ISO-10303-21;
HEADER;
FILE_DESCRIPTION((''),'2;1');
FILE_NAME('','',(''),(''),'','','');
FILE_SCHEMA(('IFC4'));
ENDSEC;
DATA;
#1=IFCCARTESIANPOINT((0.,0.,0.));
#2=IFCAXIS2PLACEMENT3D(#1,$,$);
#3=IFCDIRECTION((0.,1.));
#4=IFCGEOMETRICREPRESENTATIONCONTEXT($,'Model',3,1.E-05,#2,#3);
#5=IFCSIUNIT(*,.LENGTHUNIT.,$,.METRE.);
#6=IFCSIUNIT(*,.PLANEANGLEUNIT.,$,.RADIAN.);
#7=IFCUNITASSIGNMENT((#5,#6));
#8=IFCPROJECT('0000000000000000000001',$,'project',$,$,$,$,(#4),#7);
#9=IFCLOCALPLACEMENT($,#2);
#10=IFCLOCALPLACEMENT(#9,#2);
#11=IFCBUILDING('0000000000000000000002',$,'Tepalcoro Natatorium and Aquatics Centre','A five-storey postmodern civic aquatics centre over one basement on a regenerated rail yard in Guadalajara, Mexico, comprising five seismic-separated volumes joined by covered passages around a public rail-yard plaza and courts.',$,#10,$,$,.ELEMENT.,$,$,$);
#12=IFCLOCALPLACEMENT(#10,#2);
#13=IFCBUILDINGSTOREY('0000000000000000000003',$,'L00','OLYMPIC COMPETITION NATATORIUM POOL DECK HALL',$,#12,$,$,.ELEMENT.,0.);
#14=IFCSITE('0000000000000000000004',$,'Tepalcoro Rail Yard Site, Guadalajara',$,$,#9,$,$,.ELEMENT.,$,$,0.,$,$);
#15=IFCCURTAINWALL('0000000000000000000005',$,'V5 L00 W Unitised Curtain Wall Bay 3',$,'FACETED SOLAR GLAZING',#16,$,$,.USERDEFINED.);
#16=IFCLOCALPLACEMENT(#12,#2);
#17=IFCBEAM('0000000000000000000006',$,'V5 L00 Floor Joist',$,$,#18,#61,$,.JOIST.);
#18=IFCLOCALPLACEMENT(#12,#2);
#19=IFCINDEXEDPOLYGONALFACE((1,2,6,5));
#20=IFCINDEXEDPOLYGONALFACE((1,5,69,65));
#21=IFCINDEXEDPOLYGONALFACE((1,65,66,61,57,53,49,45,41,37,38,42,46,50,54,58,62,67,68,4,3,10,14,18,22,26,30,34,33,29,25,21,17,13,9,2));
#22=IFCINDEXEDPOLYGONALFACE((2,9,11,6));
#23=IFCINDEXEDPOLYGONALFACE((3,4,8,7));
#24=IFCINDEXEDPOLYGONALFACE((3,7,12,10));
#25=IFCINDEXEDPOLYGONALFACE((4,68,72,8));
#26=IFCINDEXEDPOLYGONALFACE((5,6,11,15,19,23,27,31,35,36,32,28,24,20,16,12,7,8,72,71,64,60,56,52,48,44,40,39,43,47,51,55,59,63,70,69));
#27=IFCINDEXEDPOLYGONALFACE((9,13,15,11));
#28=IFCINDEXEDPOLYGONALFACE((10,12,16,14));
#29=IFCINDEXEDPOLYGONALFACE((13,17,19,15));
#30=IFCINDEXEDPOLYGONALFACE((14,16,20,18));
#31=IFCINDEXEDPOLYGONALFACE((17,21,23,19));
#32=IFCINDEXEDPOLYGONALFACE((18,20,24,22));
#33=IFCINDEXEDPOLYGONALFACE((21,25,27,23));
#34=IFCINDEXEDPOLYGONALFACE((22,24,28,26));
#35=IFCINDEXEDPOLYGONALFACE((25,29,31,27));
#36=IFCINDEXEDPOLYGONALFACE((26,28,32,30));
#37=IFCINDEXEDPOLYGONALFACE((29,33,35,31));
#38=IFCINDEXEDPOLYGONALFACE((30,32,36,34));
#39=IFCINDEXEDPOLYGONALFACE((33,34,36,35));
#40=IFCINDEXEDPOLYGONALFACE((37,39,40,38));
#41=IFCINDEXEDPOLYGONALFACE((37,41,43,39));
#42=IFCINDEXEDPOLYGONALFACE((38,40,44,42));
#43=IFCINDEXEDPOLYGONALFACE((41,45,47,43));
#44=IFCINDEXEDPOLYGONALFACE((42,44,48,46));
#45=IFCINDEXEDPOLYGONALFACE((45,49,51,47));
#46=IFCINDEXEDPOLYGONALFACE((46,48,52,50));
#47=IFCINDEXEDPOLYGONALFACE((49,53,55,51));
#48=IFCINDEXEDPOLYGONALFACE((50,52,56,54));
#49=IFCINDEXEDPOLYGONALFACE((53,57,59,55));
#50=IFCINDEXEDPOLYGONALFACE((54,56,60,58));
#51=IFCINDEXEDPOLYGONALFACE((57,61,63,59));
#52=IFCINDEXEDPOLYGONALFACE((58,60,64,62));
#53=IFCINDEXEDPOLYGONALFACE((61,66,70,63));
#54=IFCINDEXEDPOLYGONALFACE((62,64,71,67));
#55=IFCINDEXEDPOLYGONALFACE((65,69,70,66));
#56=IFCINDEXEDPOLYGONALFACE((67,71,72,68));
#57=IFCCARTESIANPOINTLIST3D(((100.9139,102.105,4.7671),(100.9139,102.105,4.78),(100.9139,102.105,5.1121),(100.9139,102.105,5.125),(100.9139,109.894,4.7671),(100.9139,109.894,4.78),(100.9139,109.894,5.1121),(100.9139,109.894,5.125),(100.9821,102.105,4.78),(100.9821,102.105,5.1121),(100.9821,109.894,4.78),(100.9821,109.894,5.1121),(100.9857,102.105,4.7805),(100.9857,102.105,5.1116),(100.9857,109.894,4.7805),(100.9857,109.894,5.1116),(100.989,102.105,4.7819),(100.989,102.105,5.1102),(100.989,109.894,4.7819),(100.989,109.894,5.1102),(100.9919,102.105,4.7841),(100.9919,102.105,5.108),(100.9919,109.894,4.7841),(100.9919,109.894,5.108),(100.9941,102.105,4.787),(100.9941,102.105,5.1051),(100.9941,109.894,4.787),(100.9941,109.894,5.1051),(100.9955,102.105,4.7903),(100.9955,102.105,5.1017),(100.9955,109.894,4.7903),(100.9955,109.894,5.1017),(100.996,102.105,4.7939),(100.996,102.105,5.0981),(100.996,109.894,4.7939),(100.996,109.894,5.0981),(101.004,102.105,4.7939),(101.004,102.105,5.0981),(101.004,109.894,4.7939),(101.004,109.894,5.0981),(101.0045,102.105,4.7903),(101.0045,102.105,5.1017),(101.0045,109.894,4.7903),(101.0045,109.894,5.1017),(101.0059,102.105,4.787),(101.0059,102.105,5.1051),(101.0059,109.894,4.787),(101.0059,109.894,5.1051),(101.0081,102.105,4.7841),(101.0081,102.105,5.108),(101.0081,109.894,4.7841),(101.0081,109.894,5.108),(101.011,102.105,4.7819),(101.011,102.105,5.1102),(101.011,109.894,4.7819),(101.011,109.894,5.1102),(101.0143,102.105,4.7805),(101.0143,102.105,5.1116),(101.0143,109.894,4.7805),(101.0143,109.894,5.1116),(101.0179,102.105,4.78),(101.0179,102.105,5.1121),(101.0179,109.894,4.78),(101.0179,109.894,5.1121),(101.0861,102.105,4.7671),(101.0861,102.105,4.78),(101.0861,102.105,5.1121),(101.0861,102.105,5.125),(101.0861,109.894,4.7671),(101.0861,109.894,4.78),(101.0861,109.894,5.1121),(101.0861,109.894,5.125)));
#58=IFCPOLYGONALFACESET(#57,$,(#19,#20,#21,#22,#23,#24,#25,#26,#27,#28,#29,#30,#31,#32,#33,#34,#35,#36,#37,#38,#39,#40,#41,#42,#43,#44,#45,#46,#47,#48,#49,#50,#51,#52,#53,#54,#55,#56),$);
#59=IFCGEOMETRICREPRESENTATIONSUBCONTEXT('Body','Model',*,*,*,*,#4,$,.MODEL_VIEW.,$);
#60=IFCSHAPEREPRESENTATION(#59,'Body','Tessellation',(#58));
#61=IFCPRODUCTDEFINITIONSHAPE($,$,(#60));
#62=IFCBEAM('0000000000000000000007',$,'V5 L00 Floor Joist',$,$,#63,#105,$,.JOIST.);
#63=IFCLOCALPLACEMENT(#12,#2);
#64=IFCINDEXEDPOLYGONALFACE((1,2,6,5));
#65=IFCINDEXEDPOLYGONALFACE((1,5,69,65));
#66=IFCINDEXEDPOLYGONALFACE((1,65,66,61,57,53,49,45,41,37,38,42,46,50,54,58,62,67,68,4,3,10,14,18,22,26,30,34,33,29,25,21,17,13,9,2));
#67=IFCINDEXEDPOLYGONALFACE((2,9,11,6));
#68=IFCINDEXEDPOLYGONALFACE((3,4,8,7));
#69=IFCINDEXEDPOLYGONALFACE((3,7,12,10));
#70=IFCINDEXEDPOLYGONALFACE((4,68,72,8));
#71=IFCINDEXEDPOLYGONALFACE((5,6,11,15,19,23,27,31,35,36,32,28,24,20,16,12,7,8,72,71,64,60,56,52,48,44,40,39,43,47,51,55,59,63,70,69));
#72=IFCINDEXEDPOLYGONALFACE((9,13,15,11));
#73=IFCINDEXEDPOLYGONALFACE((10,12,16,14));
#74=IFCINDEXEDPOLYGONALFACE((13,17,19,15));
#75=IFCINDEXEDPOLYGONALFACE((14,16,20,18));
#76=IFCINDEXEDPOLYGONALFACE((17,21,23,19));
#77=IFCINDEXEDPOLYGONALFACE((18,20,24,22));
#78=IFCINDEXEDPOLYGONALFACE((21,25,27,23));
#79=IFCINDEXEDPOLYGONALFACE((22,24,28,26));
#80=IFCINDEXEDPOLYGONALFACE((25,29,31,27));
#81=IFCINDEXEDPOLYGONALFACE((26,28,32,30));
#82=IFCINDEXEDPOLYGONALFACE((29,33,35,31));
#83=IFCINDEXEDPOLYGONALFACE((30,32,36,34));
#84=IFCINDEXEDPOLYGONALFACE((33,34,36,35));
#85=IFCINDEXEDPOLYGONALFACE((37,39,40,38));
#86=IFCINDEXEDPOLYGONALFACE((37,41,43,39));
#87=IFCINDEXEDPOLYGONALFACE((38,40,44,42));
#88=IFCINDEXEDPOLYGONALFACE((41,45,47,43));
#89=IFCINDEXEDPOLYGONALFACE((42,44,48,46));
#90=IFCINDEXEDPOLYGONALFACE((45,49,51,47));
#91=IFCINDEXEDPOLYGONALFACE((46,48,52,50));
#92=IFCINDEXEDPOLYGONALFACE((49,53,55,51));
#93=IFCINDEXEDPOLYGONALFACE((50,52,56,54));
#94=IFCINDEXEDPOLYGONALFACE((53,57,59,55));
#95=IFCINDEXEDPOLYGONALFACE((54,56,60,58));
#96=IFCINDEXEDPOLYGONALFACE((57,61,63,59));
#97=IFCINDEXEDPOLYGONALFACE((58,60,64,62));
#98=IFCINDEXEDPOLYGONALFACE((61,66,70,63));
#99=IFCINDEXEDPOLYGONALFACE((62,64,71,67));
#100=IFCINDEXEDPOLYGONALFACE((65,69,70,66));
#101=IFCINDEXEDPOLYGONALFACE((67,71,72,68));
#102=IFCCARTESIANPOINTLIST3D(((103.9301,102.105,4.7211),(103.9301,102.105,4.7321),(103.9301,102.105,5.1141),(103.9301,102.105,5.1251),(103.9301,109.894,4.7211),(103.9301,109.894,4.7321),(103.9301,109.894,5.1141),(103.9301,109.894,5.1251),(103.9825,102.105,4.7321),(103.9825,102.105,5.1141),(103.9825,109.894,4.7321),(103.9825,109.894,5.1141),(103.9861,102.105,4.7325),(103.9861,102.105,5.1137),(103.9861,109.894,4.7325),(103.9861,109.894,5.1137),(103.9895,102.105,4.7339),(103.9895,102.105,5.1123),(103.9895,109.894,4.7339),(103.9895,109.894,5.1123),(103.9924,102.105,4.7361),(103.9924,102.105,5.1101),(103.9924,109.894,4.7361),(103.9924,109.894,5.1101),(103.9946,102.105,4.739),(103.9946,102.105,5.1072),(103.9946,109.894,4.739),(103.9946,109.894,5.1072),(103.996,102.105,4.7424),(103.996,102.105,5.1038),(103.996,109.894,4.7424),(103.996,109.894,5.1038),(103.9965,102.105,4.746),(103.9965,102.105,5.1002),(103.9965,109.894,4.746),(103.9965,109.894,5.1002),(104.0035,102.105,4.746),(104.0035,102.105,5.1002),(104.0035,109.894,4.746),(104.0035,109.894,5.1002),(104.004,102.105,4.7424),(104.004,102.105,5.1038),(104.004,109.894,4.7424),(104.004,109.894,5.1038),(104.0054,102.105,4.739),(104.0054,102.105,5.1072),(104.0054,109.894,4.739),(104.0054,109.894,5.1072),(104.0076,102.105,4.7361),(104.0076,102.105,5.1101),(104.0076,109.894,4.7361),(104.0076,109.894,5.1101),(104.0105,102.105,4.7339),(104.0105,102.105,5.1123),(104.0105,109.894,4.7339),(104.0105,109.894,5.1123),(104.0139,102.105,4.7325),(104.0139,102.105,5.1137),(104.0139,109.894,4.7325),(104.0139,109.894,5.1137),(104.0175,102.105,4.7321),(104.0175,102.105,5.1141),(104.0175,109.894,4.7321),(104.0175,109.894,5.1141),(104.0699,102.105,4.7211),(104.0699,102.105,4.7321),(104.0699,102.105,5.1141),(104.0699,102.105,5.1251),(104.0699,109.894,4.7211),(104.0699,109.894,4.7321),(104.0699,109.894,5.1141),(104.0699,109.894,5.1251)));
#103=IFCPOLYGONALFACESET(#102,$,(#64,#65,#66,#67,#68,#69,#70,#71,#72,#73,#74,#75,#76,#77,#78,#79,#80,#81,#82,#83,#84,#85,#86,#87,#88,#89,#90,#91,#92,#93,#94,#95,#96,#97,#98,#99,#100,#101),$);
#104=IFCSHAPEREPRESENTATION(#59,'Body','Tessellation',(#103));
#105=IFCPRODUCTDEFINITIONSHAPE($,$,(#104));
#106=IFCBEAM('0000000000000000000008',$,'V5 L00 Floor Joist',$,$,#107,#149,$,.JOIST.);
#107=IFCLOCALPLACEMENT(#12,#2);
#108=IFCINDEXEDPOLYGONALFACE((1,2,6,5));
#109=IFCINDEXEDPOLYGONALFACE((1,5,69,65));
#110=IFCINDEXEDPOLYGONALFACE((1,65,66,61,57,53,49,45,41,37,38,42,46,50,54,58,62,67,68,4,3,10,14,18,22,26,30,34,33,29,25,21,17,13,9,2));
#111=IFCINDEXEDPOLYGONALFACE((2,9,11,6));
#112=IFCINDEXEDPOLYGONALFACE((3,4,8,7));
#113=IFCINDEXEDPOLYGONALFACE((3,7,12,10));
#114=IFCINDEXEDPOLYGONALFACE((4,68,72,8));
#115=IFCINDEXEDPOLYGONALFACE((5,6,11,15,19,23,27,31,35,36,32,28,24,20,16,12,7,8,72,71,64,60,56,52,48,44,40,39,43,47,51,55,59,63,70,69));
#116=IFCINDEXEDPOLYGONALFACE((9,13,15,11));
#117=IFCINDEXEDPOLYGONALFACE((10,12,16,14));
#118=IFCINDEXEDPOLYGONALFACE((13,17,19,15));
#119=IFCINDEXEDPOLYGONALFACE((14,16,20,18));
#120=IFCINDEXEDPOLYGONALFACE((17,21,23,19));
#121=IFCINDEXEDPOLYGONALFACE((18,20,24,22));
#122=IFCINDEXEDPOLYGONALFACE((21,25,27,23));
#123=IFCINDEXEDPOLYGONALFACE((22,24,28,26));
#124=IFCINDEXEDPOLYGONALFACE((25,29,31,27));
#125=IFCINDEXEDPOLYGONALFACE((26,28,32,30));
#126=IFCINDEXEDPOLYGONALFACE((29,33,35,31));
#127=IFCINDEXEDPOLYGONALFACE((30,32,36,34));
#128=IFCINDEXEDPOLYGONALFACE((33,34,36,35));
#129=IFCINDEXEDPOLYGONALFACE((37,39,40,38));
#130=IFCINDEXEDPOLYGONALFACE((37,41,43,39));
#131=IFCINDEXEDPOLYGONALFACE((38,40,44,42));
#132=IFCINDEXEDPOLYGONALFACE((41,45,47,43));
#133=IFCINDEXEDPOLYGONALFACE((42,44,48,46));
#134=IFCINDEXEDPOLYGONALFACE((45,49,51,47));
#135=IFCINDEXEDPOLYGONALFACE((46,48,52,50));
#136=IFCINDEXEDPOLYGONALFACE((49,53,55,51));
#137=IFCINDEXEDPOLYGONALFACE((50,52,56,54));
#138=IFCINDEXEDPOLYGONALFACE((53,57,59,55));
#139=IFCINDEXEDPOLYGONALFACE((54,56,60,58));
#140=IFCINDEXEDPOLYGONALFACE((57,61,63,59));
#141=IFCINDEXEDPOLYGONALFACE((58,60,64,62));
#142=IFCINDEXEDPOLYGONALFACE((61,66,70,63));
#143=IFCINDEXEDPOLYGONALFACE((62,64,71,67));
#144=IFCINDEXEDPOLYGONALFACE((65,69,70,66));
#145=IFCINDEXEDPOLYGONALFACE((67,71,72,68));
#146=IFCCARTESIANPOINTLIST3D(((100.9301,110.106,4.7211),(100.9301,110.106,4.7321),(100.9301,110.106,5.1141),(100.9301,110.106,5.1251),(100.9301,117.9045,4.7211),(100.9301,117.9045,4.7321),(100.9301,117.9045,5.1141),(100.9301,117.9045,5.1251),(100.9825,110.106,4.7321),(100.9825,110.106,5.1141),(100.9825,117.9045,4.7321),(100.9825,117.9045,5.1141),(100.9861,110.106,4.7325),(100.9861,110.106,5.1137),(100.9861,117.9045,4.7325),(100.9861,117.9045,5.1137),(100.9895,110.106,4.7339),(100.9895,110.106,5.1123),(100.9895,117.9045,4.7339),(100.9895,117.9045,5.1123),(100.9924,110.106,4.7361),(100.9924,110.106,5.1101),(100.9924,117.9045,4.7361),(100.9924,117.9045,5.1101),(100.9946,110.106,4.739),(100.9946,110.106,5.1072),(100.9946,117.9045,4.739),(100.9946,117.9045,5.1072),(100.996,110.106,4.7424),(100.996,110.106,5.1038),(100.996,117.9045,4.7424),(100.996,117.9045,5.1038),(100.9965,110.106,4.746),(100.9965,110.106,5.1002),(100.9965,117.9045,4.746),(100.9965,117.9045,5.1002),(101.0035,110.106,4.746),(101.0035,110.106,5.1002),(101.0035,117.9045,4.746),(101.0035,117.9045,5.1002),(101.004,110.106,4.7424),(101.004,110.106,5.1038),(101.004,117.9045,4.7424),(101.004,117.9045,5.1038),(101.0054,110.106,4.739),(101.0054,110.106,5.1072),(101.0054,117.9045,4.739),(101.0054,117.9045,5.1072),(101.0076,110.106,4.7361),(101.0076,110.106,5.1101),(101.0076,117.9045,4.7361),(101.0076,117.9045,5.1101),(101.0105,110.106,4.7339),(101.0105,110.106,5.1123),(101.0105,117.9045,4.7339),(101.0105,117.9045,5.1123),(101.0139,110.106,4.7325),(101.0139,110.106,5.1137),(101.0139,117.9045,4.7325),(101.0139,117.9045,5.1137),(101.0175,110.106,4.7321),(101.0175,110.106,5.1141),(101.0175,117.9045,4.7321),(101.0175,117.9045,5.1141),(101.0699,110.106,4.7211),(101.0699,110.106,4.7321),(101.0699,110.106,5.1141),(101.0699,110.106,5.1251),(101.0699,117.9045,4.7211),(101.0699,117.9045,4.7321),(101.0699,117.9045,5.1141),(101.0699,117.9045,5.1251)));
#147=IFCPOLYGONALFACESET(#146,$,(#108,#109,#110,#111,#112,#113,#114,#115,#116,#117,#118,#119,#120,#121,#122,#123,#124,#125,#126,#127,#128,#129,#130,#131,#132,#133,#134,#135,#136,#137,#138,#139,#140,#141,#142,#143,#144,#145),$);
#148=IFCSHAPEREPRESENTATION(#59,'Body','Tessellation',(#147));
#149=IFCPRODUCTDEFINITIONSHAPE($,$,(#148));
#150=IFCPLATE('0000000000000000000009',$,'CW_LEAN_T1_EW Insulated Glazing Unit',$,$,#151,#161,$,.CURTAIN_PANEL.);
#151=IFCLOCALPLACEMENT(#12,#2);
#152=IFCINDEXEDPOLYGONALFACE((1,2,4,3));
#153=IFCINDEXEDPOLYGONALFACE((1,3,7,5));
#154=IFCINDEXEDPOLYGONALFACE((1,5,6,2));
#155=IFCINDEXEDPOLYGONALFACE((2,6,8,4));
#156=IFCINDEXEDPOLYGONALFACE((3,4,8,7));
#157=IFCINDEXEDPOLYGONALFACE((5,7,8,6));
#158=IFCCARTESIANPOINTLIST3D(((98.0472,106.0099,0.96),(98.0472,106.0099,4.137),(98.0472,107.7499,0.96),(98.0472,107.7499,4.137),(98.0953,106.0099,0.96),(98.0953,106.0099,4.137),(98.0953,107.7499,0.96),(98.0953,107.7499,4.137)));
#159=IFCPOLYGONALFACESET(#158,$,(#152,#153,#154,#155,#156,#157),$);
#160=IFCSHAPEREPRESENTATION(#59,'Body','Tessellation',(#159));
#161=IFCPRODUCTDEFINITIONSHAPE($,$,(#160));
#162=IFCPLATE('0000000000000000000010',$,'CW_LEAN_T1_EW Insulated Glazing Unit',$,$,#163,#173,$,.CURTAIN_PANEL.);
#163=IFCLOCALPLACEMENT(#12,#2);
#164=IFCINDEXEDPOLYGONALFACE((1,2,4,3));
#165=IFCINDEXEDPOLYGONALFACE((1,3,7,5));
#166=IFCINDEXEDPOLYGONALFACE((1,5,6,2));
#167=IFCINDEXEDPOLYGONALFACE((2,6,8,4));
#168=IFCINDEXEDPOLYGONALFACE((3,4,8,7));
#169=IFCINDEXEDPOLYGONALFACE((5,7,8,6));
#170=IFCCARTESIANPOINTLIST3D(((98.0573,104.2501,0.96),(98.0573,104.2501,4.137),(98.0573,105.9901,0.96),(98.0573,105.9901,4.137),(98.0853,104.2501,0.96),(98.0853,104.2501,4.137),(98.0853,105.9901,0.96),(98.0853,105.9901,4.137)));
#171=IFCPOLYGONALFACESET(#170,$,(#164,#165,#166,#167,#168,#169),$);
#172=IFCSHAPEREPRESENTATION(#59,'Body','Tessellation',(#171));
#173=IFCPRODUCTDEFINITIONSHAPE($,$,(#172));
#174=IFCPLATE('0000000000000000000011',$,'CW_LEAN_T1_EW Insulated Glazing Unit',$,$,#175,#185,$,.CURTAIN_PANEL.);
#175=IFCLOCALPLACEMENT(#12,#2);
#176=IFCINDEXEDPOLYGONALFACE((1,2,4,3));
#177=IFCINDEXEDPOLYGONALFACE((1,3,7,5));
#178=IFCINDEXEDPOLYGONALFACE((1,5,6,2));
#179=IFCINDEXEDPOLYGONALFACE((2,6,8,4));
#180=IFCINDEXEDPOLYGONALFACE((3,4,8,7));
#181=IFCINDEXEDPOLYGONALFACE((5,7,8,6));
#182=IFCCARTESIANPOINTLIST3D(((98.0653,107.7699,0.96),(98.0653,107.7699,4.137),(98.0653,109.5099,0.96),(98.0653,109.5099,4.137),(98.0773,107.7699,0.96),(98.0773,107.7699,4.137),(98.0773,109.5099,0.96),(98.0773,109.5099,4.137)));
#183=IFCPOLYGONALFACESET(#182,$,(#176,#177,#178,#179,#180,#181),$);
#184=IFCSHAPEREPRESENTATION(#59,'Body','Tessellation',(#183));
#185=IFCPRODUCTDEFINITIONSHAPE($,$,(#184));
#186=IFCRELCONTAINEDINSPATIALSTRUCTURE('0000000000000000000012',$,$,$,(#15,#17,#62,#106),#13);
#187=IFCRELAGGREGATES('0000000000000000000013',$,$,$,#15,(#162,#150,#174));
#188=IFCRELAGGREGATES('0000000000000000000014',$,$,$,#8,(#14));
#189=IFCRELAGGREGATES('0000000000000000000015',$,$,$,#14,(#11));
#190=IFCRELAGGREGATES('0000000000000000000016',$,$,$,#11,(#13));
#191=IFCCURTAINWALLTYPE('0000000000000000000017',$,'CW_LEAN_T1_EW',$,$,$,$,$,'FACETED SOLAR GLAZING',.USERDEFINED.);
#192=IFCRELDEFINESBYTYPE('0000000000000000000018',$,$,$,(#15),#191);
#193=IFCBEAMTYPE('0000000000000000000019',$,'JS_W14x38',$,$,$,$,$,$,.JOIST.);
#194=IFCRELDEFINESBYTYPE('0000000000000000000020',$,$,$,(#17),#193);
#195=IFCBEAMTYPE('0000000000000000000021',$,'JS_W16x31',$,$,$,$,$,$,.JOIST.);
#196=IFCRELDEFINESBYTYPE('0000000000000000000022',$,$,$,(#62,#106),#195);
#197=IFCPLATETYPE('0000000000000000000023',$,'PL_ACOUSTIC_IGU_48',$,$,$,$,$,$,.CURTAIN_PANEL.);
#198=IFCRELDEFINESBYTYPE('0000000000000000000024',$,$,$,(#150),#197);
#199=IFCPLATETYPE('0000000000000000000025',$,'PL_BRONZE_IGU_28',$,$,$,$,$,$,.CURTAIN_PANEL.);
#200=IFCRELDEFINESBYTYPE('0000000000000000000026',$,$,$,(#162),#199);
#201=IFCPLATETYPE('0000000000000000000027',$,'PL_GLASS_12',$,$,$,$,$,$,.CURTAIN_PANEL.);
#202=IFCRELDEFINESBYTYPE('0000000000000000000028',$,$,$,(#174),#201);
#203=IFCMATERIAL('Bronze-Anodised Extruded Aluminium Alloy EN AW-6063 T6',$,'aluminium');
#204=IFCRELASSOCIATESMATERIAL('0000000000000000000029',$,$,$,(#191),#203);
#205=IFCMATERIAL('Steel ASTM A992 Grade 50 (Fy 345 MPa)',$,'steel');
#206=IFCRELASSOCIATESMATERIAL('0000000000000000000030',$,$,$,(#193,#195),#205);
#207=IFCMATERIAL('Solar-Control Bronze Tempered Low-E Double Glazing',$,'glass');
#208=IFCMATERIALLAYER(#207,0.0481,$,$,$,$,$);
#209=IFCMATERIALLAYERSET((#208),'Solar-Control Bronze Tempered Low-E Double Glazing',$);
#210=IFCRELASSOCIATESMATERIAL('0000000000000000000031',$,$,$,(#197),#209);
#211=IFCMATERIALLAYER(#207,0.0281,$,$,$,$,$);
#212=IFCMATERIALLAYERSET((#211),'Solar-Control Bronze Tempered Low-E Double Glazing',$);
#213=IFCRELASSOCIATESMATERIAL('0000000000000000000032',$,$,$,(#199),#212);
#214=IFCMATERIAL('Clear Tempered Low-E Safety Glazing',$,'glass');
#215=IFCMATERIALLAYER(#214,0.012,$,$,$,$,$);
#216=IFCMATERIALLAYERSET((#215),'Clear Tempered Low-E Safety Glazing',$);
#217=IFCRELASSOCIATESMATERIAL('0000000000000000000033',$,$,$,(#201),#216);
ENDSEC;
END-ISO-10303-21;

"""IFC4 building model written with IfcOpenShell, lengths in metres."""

from ifc_helpers import new_model, si_unit, direction, frame, origin, origin_2d, place, context, subcontext, project, spatial, rectangle, i_section, extrude, material, layer, layer_set, material_profile, profile_set, type_object, element, aggregate, save


model = new_model("IFC4")

# Units and contexts
model_context = context("Model", 3, precision=1e-05, world=origin(), true_north=direction((0.0, 1.0)))
body_context = subcontext(model_context, "Body", "Model", "MODEL_VIEW")
ifc_project = project(units=[si_unit("LENGTHUNIT", "METRE"), si_unit("PLANEANGLEUNIT", "RADIAN")], contexts=[model_context])

# Site, building, storey
site_placement = place(None, origin())
site = spatial("IfcSite", under=ifc_project, at=site_placement, Name="Tepalcoro Rail Yard Site, Guadalajara", CompositionType="ELEMENT", RefElevation=0.0)
building_placement = place(site_placement, origin())
building = spatial("IfcBuilding", under=site, at=building_placement, Name="Tepalcoro Natatorium and Aquatics Centre", Description="A five-storey postmodern civic aquatics centre over one basement on a regenerated rail yard in Guadalajara, Mexico, comprising five seismic-separated volumes joined by covered passages around a public rail-yard plaza and courts.", CompositionType="ELEMENT")
storey_placement = place(building_placement, origin())
storey = spatial("IfcBuildingStorey", under=building, at=storey_placement, Name="L00", Description="OLYMPIC COMPETITION NATATORIUM POOL DECK HALL", CompositionType="ELEMENT", Elevation=0.0)

# Shared definitions
ifc_material_1 = material(Name="Steel ASTM A992 Grade 50 (Fy 345 MPa)", Category="steel")

# Curtain wall
ifc_material_2 = material(Name="Bronze-Anodised Extruded Aluminium Alloy EN AW-6063 T6", Category="aluminium")
curtain_wall_type = type_object("IfcCurtainWallType", Name="CW_LEAN_T1_EW", ElementType="FACETED SOLAR GLAZING", PredefinedType="USERDEFINED", material=ifc_material_2)
curtain_wall_placement = place(storey_placement, origin())
curtain_wall = element("IfcCurtainWall", 1, at=curtain_wall_placement, inside=storey, type_object=curtain_wall_type, Name="V5 L00 W Unitised Curtain Wall Bay 3", ObjectType="FACETED SOLAR GLAZING", PredefinedType="USERDEFINED")

# Beams
ifc_material_profile_1 = material_profile(ifc_material_1, i_section(OverallWidth=0.1721, OverallDepth=0.3579, WebThickness=0.0081, FlangeThickness=0.0129, FilletRadius=0.0139, at=origin_2d()), Name="W14X38")
ifc_profile_set_1 = profile_set([ifc_material_profile_1], Name="Steel ASTM A992 Grade 50 (Fy 345 MPa)")
beam_type_1 = type_object("IfcBeamType", Name="JS_W14x38", PredefinedType="JOIST", material=ifc_profile_set_1)
beam_1_placement = place(storey_placement, frame((101.0, 102.105, 4.946), z_axis=(0.0, 1.0, 0.0), x_axis=(-1.0, 0.0, 0.0)))
element("IfcBeam", 2, at=beam_1_placement, inside=storey, type_object=beam_type_1, Name="V5 L00 Floor Joist", PredefinedType="JOIST", context=body_context, shape_type="SweptSolid", body=[
    extrude(i_section(OverallWidth=0.1721, OverallDepth=0.3579, WebThickness=0.0081, FlangeThickness=0.0129, FilletRadius=0.0139, at=origin_2d()), origin(), (0.0, 0.0, 1.0), 7.7891),
])
ifc_material_profile_2 = material_profile(ifc_material_1, i_section(OverallWidth=0.1399, OverallDepth=0.4041, WebThickness=0.0071, FlangeThickness=0.011, FilletRadius=0.0139, at=origin_2d()), Name="W16X31")
ifc_profile_set_2 = profile_set([ifc_material_profile_2], Name="Steel ASTM A992 Grade 50 (Fy 345 MPa)")
beam_type_2 = type_object("IfcBeamType", Name="JS_W16x31", PredefinedType="JOIST", material=ifc_profile_set_2)
beam_2_placement = place(storey_placement, frame((104.0, 102.105, 4.9231), z_axis=(0.0, 1.0, 0.0), x_axis=(-1.0, 0.0, 0.0)))
element("IfcBeam", 3, at=beam_2_placement, inside=storey, type_object=beam_type_2, Name="V5 L00 Floor Joist", PredefinedType="JOIST", context=body_context, shape_type="SweptSolid", body=[
    extrude(i_section(OverallWidth=0.1399, OverallDepth=0.4041, WebThickness=0.0071, FlangeThickness=0.011, FilletRadius=0.0139, at=origin_2d()), origin(), (0.0, 0.0, 1.0), 7.7891),
])
beam_3_placement = place(storey_placement, frame((101.0, 110.106, 4.9231), z_axis=(0.0, 1.0, 0.0), x_axis=(-1.0, 0.0, 0.0)))
element("IfcBeam", 4, at=beam_3_placement, inside=storey, type_object=beam_type_2, Name="V5 L00 Floor Joist", PredefinedType="JOIST", context=body_context, shape_type="SweptSolid", body=[
    extrude(i_section(OverallWidth=0.1399, OverallDepth=0.4041, WebThickness=0.0071, FlangeThickness=0.011, FilletRadius=0.0139, at=origin_2d()), origin(), (0.0, 0.0, 1.0), 7.7986),
])

# Plates
ifc_material_3 = material(Name="Solar-Control Bronze Tempered Low-E Double Glazing", Category="glass")
ifc_layer_1 = layer(ifc_material_3, 0.0481)
ifc_layer_set_1 = layer_set([ifc_layer_1], Name="Solar-Control Bronze Tempered Low-E Double Glazing")
plate_type_1 = type_object("IfcPlateType", Name="PL_ACOUSTIC_IGU_48", PredefinedType="CURTAIN_PANEL", material=ifc_layer_set_1)
plate_1_placement = place(storey_placement, frame((98.0713, 106.8799, 0.96), z_axis=(0.0, 0.0, 1.0), x_axis=(1.0, 0.0, 0.0)))
plate_1 = element("IfcPlate", 5, at=plate_1_placement, type_object=plate_type_1, Name="CW_LEAN_T1_EW Insulated Glazing Unit", PredefinedType="CURTAIN_PANEL", context=body_context, shape_type="SweptSolid", body=[
    extrude(rectangle(XDim=0.0481, YDim=1.74, at=origin_2d()), origin(), (0.0, 0.0, 1.0), 3.177),
])
ifc_layer_2 = layer(ifc_material_3, 0.0281)
ifc_layer_set_2 = layer_set([ifc_layer_2], Name="Solar-Control Bronze Tempered Low-E Double Glazing")
plate_type_2 = type_object("IfcPlateType", Name="PL_BRONZE_IGU_28", PredefinedType="CURTAIN_PANEL", material=ifc_layer_set_2)
plate_2_placement = place(storey_placement, frame((98.0713, 105.1201, 0.96), z_axis=(0.0, 0.0, 1.0), x_axis=(1.0, 0.0, 0.0)))
plate_2 = element("IfcPlate", 6, at=plate_2_placement, type_object=plate_type_2, Name="CW_LEAN_T1_EW Insulated Glazing Unit", PredefinedType="CURTAIN_PANEL", context=body_context, shape_type="SweptSolid", body=[
    extrude(rectangle(XDim=0.0281, YDim=1.74, at=origin_2d()), origin(), (0.0, 0.0, 1.0), 3.177),
])
ifc_material_4 = material(Name="Clear Tempered Low-E Safety Glazing", Category="glass")
ifc_layer_3 = layer(ifc_material_4, 0.012)
ifc_layer_set_3 = layer_set([ifc_layer_3], Name="Clear Tempered Low-E Safety Glazing")
plate_type_3 = type_object("IfcPlateType", Name="PL_GLASS_12", PredefinedType="CURTAIN_PANEL", material=ifc_layer_set_3)
plate_3_placement = place(storey_placement, frame((98.0713, 108.6399, 0.96), z_axis=(0.0, 0.0, 1.0), x_axis=(1.0, 0.0, 0.0)))
plate_3 = element("IfcPlate", 7, at=plate_3_placement, type_object=plate_type_3, Name="CW_LEAN_T1_EW Insulated Glazing Unit", PredefinedType="CURTAIN_PANEL", context=body_context, shape_type="SweptSolid", body=[
    extrude(rectangle(XDim=0.012, YDim=1.74, at=origin_2d()), origin(), (0.0, 0.0, 1.0), 3.177),
])
aggregate(curtain_wall, [plate_2, plate_1, plate_3])

save(model, "model.ifc")
